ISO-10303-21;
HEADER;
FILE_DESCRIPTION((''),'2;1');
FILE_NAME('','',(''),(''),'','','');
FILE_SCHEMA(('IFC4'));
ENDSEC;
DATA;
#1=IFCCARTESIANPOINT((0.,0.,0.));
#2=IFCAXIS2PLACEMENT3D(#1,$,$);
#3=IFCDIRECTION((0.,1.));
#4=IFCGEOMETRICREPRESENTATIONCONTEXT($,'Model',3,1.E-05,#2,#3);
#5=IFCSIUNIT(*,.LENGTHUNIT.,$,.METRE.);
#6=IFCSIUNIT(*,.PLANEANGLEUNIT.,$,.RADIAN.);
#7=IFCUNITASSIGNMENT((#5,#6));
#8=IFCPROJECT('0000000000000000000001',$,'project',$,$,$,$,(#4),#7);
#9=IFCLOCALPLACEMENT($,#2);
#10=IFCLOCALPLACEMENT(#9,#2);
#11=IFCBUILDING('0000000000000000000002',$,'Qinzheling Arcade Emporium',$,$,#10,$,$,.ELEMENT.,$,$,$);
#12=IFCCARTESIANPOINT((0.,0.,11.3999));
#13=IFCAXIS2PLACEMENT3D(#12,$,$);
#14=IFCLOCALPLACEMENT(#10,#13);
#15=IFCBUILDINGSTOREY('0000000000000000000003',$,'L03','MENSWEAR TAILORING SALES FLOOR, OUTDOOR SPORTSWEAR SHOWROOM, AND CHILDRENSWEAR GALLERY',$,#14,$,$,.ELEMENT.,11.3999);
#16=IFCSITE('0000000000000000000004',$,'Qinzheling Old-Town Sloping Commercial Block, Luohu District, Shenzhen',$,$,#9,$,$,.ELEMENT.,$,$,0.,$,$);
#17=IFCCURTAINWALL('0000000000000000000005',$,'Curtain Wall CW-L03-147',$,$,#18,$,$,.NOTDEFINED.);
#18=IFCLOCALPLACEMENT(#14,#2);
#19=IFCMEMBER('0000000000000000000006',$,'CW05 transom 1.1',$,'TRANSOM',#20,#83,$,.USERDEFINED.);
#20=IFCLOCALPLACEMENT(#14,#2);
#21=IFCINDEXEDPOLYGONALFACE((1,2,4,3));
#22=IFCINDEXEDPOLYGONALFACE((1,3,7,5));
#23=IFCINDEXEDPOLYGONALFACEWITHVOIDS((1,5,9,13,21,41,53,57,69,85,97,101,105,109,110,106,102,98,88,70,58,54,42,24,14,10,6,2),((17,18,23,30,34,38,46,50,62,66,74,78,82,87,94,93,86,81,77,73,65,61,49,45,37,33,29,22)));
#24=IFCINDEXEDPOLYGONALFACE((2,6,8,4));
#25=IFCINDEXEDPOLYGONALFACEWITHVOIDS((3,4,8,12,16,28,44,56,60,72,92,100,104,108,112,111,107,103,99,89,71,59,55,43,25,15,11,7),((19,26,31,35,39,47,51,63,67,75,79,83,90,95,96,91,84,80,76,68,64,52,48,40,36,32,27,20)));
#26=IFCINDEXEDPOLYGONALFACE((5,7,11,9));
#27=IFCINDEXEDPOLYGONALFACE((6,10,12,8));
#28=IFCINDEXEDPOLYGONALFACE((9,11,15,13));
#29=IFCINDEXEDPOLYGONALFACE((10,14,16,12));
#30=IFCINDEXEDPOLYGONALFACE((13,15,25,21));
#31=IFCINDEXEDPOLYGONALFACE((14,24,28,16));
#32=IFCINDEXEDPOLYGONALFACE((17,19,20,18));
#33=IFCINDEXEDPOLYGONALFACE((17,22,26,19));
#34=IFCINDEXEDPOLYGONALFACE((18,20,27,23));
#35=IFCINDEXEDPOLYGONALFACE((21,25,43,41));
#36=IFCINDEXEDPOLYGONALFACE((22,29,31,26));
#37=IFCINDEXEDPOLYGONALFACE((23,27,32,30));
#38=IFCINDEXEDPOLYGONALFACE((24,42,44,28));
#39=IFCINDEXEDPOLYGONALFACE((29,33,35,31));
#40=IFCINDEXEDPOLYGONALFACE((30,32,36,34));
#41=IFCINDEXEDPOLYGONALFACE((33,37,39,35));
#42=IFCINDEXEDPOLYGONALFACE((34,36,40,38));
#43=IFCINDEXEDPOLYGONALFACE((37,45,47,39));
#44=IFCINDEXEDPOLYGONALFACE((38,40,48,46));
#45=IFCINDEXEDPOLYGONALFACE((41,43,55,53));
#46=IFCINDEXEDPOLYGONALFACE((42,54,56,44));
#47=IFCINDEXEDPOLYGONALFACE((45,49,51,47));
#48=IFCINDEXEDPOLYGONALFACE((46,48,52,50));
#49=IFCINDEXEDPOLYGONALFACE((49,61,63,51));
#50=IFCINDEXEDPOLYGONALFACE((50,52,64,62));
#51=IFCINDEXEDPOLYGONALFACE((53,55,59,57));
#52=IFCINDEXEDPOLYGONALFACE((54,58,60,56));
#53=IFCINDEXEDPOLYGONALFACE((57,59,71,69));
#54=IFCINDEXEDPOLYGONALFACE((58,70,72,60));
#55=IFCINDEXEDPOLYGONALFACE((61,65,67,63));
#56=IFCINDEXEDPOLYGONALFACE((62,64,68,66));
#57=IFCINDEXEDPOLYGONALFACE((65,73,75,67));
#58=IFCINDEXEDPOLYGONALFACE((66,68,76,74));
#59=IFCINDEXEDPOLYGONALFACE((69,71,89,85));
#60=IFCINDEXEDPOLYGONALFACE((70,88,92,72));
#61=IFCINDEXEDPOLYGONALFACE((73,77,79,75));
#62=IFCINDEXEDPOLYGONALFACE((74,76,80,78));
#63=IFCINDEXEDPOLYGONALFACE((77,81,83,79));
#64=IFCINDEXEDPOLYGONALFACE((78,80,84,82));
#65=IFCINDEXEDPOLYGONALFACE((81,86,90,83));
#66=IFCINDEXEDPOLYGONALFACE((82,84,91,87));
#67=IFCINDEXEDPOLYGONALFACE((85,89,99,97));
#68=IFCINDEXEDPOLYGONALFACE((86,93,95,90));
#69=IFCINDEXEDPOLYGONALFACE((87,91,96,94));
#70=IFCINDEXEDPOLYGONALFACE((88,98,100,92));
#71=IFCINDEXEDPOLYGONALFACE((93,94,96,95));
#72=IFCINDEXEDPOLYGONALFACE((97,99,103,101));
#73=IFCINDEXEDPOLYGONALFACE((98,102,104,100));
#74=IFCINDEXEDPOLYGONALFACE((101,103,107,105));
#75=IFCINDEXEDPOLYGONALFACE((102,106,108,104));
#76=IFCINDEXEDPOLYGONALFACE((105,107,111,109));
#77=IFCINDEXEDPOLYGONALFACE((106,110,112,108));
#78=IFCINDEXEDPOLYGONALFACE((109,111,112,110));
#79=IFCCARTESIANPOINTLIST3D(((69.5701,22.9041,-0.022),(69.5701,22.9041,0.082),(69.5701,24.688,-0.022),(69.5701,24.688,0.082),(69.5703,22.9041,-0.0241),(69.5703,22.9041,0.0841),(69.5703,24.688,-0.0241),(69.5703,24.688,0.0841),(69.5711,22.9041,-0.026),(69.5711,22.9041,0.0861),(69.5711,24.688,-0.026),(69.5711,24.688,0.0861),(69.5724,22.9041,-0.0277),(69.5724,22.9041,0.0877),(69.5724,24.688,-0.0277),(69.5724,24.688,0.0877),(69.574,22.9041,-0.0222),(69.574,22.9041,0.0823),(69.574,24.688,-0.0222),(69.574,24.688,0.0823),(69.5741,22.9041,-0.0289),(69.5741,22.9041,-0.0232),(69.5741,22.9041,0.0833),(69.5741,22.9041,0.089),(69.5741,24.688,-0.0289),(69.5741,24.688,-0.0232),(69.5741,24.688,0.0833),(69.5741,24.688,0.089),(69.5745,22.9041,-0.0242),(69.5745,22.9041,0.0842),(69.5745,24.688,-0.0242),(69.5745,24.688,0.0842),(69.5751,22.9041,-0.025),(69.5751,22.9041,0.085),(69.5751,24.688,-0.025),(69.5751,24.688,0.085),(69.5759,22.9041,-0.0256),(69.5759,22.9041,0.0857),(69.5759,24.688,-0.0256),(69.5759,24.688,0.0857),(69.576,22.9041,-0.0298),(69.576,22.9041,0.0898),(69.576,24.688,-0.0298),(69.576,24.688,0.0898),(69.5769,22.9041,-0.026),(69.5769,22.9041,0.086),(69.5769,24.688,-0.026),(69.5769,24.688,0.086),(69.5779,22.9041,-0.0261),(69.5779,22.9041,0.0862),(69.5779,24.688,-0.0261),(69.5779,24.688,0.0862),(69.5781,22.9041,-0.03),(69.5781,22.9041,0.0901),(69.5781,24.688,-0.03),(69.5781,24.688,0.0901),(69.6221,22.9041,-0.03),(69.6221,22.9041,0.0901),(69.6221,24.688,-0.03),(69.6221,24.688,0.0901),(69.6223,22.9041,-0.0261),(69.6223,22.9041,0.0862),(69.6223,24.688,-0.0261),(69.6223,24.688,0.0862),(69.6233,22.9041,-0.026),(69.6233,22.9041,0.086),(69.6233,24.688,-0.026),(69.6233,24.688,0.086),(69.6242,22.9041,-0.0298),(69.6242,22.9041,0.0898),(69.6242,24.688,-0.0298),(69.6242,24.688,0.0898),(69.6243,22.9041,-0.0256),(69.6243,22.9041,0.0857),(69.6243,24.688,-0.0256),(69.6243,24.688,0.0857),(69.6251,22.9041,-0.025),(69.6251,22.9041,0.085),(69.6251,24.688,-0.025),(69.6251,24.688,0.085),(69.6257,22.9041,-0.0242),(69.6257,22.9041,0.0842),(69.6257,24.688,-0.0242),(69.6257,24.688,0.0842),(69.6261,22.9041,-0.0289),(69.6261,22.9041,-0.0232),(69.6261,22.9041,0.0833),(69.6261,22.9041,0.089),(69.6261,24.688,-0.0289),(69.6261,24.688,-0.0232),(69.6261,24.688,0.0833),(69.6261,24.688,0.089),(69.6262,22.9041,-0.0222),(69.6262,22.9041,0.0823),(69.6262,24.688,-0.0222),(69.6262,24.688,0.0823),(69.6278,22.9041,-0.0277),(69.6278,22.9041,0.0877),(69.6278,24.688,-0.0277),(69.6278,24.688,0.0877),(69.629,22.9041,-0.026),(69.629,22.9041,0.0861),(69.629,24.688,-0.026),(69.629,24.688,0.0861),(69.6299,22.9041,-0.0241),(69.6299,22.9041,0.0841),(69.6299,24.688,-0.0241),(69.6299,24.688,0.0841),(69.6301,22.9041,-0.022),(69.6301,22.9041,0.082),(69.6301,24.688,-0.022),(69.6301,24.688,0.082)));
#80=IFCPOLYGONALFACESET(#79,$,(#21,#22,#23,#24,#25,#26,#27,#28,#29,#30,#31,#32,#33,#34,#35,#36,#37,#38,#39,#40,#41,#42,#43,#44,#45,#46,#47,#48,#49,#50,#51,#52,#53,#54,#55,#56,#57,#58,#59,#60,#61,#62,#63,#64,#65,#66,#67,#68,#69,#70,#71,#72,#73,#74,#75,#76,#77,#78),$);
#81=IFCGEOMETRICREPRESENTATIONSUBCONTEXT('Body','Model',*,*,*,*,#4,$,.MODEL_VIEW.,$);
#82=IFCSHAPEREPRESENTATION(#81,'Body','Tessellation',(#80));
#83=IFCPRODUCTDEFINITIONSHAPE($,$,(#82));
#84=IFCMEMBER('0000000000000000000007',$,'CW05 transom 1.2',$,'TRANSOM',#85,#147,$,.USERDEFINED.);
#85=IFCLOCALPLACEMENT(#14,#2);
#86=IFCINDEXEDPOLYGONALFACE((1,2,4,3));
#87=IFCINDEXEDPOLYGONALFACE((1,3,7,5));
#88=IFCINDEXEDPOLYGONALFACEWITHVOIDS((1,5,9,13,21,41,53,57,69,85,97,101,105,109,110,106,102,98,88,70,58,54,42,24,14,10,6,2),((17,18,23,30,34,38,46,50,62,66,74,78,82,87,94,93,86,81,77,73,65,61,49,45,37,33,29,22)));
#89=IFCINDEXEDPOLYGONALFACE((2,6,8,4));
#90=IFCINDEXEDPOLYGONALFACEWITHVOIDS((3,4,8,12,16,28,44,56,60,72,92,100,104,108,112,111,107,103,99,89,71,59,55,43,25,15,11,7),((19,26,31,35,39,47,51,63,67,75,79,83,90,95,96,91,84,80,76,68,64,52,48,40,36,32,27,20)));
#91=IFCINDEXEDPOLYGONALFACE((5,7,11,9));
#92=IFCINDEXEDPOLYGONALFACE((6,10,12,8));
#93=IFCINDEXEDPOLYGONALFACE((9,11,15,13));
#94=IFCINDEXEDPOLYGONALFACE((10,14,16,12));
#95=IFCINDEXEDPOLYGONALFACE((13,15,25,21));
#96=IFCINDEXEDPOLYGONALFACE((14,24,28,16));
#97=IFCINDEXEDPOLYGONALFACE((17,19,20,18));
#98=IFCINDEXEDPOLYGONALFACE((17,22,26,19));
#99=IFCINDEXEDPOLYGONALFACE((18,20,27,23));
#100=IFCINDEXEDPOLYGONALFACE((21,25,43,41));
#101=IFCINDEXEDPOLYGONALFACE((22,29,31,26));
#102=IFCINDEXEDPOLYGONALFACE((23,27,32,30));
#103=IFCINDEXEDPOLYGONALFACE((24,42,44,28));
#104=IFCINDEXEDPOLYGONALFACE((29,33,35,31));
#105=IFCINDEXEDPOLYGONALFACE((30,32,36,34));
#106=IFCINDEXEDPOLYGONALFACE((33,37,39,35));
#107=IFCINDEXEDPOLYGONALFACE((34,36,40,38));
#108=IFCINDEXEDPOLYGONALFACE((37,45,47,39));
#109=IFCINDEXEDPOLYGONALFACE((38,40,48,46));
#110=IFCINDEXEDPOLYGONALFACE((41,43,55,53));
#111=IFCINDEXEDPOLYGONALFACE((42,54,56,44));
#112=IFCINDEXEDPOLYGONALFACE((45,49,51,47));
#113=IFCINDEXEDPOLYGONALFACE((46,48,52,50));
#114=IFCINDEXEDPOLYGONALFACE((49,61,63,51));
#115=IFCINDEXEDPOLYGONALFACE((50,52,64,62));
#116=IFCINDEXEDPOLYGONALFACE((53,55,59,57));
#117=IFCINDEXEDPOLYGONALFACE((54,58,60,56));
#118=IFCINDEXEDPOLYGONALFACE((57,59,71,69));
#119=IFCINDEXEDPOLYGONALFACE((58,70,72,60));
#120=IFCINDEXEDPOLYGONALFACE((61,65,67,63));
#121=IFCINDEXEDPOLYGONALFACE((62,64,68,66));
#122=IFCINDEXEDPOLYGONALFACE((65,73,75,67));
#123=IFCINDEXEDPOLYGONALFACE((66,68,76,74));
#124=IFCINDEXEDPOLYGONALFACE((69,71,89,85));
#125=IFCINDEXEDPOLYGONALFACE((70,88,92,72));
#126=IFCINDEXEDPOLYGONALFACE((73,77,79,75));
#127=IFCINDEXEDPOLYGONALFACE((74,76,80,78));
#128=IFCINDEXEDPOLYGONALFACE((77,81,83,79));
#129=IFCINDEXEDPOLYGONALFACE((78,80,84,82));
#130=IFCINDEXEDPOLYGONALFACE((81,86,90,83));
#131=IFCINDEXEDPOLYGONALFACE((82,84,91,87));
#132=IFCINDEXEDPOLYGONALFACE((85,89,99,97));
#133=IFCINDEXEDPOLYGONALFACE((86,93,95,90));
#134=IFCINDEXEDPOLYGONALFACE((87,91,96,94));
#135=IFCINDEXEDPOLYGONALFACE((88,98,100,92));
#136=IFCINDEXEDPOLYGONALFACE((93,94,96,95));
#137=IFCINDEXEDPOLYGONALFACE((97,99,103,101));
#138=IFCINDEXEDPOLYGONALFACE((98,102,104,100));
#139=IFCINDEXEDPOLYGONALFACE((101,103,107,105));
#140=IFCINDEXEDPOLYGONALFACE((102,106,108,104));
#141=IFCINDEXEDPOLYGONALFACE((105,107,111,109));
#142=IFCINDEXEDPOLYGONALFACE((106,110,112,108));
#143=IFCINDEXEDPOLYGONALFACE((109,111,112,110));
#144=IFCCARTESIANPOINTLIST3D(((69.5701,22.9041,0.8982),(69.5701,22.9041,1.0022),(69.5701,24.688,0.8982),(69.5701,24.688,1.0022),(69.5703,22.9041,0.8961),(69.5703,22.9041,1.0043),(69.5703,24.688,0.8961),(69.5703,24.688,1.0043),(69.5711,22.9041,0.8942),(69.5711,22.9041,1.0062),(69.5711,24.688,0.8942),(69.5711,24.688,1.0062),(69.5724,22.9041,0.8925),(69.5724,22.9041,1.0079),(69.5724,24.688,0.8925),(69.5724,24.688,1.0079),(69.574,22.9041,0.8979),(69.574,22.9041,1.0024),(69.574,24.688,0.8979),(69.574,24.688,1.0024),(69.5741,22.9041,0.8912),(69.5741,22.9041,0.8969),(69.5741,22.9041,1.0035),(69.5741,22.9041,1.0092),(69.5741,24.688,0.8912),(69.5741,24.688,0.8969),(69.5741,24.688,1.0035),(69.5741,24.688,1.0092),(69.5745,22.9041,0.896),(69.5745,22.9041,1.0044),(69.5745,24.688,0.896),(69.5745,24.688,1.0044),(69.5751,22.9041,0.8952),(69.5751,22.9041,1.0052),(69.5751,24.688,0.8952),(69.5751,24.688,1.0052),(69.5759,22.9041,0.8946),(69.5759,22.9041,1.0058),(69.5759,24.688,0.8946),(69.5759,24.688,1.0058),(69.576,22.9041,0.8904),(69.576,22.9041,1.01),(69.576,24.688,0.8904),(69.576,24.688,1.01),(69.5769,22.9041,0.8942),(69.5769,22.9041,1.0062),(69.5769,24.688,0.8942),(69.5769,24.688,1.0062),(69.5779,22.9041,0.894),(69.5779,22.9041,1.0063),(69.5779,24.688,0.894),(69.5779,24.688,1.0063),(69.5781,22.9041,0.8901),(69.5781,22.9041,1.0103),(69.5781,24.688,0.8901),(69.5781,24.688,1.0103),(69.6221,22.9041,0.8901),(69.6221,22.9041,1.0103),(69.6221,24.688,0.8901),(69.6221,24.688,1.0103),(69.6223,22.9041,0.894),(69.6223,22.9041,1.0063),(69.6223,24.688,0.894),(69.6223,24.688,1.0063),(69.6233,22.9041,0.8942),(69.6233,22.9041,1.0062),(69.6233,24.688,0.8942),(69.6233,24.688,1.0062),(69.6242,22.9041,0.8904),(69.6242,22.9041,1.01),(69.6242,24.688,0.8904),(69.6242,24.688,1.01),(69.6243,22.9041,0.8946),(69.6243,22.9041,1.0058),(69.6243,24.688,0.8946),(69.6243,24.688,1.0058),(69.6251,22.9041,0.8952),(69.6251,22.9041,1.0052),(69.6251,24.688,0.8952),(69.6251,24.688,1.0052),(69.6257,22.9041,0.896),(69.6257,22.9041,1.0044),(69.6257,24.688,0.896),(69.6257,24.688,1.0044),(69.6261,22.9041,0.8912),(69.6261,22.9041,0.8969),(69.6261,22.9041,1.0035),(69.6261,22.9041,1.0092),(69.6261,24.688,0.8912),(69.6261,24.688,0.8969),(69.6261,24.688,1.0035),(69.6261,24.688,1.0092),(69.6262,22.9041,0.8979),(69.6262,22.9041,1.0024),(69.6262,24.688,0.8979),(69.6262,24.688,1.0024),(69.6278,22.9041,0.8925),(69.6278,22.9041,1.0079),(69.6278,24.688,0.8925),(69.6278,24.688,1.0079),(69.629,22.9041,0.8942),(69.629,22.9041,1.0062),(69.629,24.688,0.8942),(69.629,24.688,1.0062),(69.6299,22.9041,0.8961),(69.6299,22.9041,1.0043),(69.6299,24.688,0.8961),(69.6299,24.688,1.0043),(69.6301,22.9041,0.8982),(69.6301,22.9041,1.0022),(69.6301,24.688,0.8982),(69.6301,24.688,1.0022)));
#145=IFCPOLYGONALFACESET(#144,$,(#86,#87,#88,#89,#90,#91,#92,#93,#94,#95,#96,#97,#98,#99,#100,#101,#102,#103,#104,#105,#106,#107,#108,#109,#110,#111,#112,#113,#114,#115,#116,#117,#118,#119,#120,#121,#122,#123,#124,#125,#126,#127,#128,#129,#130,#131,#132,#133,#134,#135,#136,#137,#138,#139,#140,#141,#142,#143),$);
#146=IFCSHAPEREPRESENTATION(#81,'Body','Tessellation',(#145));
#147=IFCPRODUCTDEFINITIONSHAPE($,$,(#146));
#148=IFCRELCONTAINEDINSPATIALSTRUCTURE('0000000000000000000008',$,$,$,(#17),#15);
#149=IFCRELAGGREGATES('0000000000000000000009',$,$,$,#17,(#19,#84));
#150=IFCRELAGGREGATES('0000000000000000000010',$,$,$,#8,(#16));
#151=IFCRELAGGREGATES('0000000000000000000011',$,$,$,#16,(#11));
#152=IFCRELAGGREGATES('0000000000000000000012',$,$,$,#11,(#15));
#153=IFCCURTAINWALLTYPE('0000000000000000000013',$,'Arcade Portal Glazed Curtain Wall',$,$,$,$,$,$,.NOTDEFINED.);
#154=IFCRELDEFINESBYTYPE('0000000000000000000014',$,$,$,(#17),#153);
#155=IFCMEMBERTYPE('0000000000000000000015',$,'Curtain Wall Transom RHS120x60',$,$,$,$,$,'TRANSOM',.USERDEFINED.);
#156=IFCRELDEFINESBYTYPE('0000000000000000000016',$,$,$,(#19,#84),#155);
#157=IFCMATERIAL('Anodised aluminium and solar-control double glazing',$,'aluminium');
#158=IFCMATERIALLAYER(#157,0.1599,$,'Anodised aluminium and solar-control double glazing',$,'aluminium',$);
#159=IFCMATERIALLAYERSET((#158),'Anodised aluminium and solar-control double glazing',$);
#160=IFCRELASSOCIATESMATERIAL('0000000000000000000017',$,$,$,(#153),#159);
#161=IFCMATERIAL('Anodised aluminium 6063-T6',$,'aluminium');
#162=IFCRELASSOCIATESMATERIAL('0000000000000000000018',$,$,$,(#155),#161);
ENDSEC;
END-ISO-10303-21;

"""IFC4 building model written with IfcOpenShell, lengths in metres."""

from ifc_helpers import new_model, si_unit, direction, frame, origin, origin_2d, place, context, subcontext, project, spatial, hollow_rectangle, extrude, material, layer, layer_set, material_profile, profile_set, type_object, element, aggregate, save


model = new_model("IFC4")

# Units and contexts
model_context = context("Model", 3, precision=1e-05, world=origin(), true_north=direction((0.0, 1.0)))
body_context = subcontext(model_context, "Body", "Model", "MODEL_VIEW")
ifc_project = project(units=[si_unit("LENGTHUNIT", "METRE"), si_unit("PLANEANGLEUNIT", "RADIAN")], contexts=[model_context])

# Site, building, storey
site_placement = place(None, origin())
site = spatial("IfcSite", under=ifc_project, at=site_placement, Name="Qinzheling Old-Town Sloping Commercial Block, Luohu District, Shenzhen", CompositionType="ELEMENT", RefElevation=0.0)
building_placement = place(site_placement, origin())
building = spatial("IfcBuilding", under=site, at=building_placement, Name="Qinzheling Arcade Emporium", CompositionType="ELEMENT")
storey_placement = place(building_placement, frame((0.0, 0.0, 11.3999)))
storey = spatial("IfcBuildingStorey", under=building, at=storey_placement, Name="L03", Description="MENSWEAR TAILORING SALES FLOOR, OUTDOOR SPORTSWEAR SHOWROOM, AND CHILDRENSWEAR GALLERY", CompositionType="ELEMENT", Elevation=11.3999)

# Shared definitions
ifc_material_1 = material(Name="Anodised aluminium and solar-control double glazing", Category="aluminium")
ifc_layer_1 = layer(ifc_material_1, 0.1599, Name="Anodised aluminium and solar-control double glazing", Category="aluminium")
ifc_layer_set_1 = layer_set([ifc_layer_1], Name="Anodised aluminium and solar-control double glazing")
curtain_wall_type = type_object("IfcCurtainWallType", Name="Arcade Portal Glazed Curtain Wall", PredefinedType="NOTDEFINED", material=ifc_layer_set_1)
ifc_material_2 = material(Name="Anodised aluminium 6063-T6", Category="aluminium")

# Curtain wall
curtain_wall_1_placement = place(storey_placement, origin())
curtain_wall_1 = element("IfcCurtainWall", 1, at=curtain_wall_1_placement, inside=storey, type_object=curtain_wall_type, Name="Curtain Wall CW-L03-147", PredefinedType="NOTDEFINED")

# Members
ifc_material_profile_1 = material_profile(ifc_material_2, hollow_rectangle(XDim=0.0601, YDim=0.1201, WallThickness=0.0039, InnerFilletRadius=0.0039, OuterFilletRadius=0.0081, at=origin_2d()), Name="RHS 120x60x4", Category="aluminium")
ifc_profile_set_1 = profile_set([ifc_material_profile_1], Name="Anodised aluminium 6063-T6")
member_type_1 = type_object("IfcMemberType", Name="Curtain Wall Transom RHS120x60", ElementType="TRANSOM", PredefinedType="USERDEFINED", material=ifc_profile_set_1)
member_1_placement = place(storey_placement, frame((69.6001, 24.688, 0.03), z_axis=(0.0, -1.0, 0.0), x_axis=(1.0, 0.0, 0.0)))
member_1 = element("IfcMember", 2, at=member_1_placement, type_object=member_type_1, Name="CW05 transom 1.1", ObjectType="TRANSOM", PredefinedType="USERDEFINED", context=body_context, shape_type="SweptSolid", body=[
    extrude(hollow_rectangle(XDim=0.0601, YDim=0.1201, WallThickness=0.0039, InnerFilletRadius=0.0039, OuterFilletRadius=0.0081, at=origin_2d()), origin(), (0.0, 0.0, 1.0), 1.7839),
])
member_2_placement = place(storey_placement, frame((69.6001, 24.688, 0.9502), z_axis=(0.0, -1.0, 0.0), x_axis=(1.0, 0.0, 0.0)))
member_2 = element("IfcMember", 3, at=member_2_placement, type_object=member_type_1, Name="CW05 transom 1.2", ObjectType="TRANSOM", PredefinedType="USERDEFINED", context=body_context, shape_type="SweptSolid", body=[
    extrude(hollow_rectangle(XDim=0.0601, YDim=0.1201, WallThickness=0.0039, InnerFilletRadius=0.0039, OuterFilletRadius=0.0081, at=origin_2d()), origin(), (0.0, 0.0, 1.0), 1.7839),
])

aggregate(curtain_wall_1, [member_1, member_2])

save(model, "model.ifc")
